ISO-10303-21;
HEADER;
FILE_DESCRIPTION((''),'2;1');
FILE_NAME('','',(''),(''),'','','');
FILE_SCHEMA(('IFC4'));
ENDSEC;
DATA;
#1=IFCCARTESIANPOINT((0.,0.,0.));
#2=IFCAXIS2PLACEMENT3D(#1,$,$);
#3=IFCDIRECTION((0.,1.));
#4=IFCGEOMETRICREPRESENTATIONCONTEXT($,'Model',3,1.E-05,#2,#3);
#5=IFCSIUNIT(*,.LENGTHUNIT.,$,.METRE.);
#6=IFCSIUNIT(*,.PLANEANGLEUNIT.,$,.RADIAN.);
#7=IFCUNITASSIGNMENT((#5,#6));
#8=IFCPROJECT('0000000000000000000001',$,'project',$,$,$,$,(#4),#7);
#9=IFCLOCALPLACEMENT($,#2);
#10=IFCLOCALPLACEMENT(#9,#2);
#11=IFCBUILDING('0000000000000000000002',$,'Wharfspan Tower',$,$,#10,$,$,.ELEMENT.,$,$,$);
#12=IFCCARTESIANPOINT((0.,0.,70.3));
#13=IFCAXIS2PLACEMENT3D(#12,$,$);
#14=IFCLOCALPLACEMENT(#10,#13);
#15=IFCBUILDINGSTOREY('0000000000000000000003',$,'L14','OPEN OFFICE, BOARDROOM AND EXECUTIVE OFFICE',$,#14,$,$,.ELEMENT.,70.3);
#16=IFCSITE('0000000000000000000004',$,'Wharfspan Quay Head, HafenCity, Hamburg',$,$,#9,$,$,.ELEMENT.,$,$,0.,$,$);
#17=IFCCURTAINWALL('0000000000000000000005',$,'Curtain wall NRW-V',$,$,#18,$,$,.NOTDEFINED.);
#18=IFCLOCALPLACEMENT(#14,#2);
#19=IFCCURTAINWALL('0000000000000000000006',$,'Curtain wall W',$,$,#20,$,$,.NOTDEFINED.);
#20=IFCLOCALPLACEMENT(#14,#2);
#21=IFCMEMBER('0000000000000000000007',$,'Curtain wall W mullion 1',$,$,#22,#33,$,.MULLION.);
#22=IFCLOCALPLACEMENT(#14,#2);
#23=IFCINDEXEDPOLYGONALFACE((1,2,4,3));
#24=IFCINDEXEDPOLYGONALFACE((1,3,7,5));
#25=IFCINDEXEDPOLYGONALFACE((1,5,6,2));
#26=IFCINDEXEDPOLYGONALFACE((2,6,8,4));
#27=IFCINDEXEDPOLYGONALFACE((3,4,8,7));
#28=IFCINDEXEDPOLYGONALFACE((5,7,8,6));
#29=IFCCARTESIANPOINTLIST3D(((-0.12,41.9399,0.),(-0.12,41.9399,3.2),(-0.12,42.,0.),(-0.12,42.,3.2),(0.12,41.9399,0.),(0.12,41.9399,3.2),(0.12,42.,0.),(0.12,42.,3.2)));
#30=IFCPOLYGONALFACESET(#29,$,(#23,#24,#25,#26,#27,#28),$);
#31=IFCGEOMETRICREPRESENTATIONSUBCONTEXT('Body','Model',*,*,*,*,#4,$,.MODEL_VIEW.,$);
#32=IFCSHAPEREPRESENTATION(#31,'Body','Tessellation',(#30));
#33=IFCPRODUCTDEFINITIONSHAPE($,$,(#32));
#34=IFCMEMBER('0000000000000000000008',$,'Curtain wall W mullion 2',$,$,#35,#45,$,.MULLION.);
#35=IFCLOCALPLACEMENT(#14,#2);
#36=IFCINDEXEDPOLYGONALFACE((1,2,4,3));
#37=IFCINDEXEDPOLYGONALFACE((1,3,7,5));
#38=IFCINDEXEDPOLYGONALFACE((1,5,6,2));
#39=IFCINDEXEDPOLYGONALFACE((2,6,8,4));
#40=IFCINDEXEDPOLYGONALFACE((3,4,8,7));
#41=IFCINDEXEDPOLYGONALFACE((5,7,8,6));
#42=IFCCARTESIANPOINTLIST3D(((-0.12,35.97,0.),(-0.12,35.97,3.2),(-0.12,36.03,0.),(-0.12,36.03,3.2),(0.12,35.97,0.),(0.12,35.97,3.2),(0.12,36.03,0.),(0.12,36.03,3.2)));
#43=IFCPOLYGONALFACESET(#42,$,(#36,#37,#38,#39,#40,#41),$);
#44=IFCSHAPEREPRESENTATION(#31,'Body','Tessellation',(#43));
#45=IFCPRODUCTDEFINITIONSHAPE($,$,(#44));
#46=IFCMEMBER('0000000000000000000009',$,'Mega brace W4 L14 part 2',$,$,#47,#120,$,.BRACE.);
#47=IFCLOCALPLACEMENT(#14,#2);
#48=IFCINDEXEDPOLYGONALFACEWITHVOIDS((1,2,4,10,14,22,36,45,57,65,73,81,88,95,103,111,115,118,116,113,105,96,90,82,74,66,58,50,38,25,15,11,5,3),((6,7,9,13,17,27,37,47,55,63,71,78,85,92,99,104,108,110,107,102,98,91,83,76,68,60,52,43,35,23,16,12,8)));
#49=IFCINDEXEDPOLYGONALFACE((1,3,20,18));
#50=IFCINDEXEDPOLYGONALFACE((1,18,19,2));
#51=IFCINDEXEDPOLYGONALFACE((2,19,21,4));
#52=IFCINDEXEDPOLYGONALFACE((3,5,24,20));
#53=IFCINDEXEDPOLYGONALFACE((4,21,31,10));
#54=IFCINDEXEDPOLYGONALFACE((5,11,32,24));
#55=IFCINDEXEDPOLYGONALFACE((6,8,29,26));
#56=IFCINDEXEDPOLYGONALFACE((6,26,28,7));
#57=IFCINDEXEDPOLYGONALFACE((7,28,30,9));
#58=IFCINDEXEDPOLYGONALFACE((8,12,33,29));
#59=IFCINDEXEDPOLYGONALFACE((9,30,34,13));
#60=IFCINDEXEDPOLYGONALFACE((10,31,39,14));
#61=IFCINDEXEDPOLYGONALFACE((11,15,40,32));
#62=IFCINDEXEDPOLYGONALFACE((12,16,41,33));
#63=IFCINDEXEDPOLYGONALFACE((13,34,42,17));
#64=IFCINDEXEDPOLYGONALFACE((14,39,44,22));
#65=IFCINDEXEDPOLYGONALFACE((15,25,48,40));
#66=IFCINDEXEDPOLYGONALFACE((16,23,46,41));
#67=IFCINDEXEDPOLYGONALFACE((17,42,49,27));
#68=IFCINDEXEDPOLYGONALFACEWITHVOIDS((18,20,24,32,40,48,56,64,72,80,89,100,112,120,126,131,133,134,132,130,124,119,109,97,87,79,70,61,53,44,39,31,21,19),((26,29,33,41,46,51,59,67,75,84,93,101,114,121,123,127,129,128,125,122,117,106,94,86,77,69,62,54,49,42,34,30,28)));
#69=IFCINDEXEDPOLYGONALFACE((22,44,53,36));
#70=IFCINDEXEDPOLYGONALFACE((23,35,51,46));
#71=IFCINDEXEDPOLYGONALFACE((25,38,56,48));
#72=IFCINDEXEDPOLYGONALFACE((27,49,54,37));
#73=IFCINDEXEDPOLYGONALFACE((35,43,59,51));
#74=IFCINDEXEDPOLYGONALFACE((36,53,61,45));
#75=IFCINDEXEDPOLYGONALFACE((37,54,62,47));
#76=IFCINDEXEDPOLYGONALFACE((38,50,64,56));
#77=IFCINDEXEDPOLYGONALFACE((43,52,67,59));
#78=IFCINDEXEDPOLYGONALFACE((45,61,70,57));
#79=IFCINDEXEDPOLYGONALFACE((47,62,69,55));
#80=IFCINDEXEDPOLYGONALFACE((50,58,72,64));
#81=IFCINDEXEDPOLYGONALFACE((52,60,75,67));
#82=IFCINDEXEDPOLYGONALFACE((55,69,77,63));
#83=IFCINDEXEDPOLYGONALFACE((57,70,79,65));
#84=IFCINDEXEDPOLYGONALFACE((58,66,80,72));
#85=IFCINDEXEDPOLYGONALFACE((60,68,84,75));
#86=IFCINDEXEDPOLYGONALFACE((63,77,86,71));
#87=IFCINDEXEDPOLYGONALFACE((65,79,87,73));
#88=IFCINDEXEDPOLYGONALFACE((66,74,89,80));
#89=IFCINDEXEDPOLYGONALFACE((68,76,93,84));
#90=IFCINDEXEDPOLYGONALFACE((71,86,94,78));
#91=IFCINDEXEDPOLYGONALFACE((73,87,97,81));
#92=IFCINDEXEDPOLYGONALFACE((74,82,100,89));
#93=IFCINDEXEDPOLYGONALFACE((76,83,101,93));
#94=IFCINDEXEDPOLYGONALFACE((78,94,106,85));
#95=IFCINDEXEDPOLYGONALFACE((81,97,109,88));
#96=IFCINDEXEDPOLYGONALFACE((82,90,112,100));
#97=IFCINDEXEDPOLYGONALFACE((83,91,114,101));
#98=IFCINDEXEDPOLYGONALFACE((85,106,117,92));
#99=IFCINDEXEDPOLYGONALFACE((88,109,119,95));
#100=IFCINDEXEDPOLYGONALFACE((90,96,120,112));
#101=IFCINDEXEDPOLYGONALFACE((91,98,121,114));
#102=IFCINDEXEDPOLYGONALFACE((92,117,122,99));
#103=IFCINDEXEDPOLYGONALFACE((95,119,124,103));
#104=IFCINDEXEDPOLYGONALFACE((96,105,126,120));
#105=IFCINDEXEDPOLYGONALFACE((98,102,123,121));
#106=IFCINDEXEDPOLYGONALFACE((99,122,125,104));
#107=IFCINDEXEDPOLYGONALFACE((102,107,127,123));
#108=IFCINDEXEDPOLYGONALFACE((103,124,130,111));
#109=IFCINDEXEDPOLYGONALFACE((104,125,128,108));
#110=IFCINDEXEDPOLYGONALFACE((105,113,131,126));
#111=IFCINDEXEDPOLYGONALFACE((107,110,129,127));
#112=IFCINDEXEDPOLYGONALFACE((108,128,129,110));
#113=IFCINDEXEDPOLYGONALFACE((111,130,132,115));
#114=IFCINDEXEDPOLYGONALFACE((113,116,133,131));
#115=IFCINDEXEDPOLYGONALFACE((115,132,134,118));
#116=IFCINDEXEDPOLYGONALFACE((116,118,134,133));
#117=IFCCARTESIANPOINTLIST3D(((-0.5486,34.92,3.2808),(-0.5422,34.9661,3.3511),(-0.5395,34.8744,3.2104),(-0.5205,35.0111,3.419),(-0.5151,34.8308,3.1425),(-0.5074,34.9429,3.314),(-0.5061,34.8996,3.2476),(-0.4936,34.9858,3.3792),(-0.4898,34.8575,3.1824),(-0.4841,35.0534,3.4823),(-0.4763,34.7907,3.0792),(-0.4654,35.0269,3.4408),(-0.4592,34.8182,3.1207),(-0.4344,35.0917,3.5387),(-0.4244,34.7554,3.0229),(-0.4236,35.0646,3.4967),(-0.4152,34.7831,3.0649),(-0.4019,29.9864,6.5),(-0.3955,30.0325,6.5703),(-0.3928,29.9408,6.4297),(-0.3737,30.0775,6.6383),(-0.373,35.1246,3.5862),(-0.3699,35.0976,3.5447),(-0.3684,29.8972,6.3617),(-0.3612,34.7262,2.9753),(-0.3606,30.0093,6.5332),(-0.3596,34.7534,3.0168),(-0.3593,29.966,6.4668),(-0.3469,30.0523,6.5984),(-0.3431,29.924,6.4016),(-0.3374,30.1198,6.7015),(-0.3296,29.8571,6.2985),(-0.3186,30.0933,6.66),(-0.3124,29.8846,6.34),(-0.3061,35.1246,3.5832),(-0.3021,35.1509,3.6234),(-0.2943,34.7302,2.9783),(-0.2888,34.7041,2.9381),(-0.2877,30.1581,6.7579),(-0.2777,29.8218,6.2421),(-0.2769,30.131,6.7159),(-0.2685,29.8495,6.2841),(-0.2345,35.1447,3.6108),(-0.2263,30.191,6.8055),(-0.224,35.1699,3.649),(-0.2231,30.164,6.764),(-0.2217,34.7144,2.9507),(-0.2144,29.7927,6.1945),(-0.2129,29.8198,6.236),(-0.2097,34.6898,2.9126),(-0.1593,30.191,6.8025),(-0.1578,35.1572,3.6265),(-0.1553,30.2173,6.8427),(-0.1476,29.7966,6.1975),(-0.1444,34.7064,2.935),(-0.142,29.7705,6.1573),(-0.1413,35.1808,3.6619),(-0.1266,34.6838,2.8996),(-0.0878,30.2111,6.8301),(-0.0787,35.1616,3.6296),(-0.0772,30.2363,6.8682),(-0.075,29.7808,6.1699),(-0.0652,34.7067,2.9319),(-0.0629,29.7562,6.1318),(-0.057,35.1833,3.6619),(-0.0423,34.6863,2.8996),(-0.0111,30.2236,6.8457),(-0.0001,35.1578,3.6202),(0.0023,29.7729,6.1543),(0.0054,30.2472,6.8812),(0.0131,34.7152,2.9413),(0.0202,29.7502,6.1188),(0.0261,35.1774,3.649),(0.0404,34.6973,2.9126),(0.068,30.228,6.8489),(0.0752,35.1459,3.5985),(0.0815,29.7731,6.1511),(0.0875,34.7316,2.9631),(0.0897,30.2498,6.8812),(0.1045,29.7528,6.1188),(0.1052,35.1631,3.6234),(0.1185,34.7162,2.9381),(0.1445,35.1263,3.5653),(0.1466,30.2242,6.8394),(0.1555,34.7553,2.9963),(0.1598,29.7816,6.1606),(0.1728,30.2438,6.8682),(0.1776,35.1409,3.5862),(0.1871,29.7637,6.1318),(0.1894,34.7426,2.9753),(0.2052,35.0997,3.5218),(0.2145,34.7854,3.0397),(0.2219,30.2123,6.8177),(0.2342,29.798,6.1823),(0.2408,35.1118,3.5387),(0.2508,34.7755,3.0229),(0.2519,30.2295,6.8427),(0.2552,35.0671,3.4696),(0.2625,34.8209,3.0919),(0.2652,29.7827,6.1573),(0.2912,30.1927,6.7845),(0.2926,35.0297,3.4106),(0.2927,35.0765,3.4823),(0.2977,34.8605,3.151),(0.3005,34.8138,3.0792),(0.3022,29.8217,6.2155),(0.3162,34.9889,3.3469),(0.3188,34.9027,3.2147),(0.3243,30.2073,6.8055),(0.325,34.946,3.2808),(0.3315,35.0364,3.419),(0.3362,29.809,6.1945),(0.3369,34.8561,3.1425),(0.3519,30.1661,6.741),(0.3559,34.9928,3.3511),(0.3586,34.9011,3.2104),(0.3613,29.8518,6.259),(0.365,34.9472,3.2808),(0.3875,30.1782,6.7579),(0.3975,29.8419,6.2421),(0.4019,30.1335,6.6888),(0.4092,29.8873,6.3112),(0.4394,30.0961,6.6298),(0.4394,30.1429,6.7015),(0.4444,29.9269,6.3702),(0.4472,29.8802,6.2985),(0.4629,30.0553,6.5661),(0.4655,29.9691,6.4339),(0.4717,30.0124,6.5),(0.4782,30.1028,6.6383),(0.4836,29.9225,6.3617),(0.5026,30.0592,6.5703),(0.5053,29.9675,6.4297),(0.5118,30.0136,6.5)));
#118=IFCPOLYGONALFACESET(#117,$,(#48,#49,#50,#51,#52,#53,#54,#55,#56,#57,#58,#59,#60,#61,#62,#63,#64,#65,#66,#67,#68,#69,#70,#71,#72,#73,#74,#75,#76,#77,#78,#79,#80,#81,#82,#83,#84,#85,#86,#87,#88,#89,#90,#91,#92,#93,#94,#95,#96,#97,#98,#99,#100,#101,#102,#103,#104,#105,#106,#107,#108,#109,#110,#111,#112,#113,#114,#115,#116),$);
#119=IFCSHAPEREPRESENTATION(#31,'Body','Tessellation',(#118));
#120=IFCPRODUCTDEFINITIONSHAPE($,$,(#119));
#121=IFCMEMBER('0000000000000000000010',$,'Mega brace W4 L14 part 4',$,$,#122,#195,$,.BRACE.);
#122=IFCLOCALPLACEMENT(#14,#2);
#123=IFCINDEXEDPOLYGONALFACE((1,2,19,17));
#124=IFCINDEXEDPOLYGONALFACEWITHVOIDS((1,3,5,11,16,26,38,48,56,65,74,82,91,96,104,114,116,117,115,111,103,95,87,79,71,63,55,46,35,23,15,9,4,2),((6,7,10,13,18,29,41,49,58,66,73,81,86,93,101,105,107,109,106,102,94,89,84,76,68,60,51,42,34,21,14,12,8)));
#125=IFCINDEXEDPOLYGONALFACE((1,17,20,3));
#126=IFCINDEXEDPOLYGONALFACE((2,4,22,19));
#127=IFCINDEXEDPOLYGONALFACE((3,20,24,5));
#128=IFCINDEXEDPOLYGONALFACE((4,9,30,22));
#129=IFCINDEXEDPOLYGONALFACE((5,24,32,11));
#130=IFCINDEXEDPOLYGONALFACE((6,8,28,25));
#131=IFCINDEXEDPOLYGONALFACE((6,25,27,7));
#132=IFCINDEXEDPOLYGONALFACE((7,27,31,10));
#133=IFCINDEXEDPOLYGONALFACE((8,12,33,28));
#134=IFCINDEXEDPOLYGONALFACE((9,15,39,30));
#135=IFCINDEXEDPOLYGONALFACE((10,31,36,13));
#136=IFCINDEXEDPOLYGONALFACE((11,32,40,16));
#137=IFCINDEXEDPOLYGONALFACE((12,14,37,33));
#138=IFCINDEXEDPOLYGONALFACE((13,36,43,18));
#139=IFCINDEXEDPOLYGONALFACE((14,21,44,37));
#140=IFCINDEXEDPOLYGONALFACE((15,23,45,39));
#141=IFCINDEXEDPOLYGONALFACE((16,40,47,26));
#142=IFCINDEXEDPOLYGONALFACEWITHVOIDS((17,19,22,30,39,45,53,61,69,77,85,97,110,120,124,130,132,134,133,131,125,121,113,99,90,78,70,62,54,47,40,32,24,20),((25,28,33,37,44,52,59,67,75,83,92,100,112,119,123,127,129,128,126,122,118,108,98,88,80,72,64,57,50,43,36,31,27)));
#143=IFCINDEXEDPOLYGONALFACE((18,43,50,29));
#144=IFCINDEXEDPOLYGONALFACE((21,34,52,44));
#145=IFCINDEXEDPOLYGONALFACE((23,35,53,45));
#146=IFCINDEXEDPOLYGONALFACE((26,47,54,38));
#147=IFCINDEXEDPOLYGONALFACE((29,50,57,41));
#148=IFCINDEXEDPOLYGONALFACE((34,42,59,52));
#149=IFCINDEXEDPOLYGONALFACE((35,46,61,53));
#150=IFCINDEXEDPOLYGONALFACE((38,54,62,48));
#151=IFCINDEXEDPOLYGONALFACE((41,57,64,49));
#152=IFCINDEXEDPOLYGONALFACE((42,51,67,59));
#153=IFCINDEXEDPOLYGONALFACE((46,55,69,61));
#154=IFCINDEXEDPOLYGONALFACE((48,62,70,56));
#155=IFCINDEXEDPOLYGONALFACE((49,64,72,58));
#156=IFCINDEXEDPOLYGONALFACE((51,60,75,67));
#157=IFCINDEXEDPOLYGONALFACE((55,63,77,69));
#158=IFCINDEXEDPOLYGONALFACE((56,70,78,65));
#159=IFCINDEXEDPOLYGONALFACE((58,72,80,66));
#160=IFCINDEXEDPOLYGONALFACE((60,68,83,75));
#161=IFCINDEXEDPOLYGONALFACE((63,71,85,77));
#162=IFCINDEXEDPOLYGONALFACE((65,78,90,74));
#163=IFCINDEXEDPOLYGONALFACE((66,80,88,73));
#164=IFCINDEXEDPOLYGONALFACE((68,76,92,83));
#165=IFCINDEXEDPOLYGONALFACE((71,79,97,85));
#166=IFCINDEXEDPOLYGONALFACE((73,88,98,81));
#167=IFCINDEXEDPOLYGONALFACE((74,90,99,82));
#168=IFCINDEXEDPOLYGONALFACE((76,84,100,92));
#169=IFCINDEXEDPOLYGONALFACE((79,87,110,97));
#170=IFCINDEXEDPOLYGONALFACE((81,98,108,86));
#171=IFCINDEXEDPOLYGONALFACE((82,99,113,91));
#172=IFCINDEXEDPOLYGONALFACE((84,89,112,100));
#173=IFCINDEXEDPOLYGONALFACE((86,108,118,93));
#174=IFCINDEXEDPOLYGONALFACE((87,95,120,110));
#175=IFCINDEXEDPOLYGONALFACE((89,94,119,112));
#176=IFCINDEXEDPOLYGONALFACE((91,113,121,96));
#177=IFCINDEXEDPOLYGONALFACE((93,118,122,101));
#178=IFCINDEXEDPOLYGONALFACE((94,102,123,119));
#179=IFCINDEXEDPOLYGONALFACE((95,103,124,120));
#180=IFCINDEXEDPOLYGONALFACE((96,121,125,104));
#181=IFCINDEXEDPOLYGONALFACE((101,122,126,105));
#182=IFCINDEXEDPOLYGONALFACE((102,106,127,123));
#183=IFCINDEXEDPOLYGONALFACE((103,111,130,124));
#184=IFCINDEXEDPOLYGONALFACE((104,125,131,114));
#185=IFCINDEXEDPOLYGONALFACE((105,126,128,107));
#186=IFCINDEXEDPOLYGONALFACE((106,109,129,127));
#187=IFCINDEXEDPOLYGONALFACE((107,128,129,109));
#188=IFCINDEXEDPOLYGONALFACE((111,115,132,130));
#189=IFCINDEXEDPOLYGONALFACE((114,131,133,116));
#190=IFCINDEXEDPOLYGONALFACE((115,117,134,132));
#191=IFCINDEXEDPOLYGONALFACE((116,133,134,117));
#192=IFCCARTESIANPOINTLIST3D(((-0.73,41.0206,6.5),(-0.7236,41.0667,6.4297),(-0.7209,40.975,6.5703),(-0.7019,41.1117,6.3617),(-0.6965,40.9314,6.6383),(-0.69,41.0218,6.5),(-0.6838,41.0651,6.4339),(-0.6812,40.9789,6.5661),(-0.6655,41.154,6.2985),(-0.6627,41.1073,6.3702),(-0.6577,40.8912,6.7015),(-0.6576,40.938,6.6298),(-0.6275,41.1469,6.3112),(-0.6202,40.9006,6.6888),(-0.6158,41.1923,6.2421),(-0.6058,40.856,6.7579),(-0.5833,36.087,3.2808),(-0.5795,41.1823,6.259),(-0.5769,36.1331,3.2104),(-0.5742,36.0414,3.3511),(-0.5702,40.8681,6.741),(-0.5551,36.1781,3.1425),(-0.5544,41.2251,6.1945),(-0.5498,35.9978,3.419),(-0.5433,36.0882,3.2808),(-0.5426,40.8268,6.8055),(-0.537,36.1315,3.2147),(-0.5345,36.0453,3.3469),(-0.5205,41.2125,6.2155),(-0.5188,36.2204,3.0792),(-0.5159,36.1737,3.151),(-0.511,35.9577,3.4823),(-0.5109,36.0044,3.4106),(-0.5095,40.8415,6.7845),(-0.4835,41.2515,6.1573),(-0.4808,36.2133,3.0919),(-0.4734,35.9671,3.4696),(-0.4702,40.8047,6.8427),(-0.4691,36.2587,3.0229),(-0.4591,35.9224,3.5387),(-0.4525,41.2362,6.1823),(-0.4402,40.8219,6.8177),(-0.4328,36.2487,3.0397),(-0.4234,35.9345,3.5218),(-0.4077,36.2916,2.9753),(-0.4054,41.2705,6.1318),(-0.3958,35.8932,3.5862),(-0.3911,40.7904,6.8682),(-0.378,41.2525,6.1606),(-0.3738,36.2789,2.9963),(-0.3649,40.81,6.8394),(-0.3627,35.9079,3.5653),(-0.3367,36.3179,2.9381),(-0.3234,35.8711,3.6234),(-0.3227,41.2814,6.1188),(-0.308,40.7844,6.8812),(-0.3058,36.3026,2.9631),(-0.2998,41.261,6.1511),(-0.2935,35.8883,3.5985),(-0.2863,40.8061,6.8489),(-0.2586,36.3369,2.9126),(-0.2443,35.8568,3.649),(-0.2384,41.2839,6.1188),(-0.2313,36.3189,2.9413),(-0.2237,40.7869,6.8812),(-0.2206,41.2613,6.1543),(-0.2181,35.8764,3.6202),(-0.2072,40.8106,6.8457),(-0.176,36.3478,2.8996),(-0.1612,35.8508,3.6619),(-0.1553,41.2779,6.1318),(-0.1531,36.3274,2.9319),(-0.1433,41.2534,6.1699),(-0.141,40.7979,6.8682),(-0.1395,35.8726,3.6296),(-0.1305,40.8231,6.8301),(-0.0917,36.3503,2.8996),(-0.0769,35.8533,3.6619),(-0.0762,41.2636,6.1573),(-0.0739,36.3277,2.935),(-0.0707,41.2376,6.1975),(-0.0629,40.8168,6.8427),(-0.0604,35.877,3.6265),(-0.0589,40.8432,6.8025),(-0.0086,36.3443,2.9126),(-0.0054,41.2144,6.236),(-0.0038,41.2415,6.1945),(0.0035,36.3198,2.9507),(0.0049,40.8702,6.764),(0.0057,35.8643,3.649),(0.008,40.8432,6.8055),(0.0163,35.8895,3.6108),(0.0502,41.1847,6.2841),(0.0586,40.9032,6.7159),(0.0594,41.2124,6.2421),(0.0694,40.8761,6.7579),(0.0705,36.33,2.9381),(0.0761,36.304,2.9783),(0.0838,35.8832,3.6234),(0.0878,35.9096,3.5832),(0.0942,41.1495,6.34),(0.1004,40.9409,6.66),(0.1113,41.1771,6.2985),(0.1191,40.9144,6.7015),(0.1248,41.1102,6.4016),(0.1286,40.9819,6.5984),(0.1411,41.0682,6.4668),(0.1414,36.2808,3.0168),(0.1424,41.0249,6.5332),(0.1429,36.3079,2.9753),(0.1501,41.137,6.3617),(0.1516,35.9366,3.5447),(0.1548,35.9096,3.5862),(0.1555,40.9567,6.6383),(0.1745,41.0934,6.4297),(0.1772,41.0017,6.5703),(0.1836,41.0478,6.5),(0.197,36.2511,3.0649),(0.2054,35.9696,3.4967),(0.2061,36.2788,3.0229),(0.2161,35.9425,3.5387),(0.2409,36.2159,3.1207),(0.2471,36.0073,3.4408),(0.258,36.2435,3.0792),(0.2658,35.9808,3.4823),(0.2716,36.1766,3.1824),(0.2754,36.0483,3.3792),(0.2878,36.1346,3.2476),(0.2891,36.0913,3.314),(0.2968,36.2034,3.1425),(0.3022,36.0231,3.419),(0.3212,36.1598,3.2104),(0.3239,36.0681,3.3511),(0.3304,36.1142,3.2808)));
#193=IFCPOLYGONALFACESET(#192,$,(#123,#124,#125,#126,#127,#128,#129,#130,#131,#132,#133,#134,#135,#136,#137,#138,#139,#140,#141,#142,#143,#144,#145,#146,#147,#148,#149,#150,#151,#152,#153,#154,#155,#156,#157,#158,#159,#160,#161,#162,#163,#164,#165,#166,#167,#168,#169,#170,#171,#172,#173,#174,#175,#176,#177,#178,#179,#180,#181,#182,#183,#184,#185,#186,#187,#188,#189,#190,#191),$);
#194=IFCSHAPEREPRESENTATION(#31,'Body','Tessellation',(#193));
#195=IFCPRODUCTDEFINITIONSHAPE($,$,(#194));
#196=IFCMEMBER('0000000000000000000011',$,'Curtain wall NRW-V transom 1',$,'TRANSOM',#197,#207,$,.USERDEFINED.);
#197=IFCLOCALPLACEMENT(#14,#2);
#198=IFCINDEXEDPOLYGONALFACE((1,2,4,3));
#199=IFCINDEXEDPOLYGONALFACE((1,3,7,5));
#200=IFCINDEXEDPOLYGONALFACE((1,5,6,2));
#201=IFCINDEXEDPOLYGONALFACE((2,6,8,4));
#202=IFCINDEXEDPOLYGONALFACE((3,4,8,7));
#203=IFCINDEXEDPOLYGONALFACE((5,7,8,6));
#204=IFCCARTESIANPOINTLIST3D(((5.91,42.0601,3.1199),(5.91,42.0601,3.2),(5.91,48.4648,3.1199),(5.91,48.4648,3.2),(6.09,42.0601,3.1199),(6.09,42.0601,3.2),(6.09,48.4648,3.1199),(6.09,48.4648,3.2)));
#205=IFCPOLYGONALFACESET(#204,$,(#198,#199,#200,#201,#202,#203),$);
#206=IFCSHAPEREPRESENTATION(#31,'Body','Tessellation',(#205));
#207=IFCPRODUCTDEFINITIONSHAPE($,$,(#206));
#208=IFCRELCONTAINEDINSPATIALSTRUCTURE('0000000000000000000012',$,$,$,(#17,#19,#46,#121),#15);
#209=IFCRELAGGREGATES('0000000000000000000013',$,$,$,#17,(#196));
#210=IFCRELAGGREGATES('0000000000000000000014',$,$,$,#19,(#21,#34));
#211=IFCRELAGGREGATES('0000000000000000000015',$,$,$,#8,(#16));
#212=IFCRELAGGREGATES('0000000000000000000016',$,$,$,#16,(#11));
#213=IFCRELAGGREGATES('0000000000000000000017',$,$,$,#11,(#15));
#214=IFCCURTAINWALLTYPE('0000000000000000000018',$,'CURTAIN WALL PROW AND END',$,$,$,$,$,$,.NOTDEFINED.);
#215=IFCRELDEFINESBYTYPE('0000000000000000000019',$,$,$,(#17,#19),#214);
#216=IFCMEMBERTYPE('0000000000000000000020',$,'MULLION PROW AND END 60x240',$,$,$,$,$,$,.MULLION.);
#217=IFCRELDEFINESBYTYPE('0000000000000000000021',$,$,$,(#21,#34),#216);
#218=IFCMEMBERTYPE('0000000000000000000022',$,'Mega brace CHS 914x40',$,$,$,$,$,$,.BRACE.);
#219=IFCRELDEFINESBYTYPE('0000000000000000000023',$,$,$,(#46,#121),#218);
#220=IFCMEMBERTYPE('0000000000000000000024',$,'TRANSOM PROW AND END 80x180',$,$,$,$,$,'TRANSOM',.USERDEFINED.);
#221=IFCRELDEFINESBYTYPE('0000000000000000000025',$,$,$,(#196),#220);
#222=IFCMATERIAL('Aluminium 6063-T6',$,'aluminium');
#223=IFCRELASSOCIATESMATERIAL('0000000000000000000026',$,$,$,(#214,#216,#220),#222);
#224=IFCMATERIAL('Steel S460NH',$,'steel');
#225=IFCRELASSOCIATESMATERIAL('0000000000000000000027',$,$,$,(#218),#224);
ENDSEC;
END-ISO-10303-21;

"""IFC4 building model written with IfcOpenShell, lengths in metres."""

from ifc_helpers import new_model, si_unit, direction, frame, origin, origin_2d, place, context, subcontext, project, spatial, rectangle, hollow_circle, extrude, material, material_profile, profile_set, type_object, element, aggregate, save


model = new_model("IFC4")

# Units and contexts
model_context = context("Model", 3, precision=1e-05, world=origin(), true_north=direction((0.0, 1.0)))
body_context = subcontext(model_context, "Body", "Model", "MODEL_VIEW")
ifc_project = project(units=[si_unit("LENGTHUNIT", "METRE"), si_unit("PLANEANGLEUNIT", "RADIAN")], contexts=[model_context])

# Site, building, storey
site_placement = place(None, origin())
site = spatial("IfcSite", under=ifc_project, at=site_placement, Name="Wharfspan Quay Head, HafenCity, Hamburg", CompositionType="ELEMENT", RefElevation=0.0)
building_placement = place(site_placement, origin())
building = spatial("IfcBuilding", under=site, at=building_placement, Name="Wharfspan Tower", CompositionType="ELEMENT")
storey_placement = place(building_placement, frame((0.0, 0.0, 70.3)))
storey = spatial("IfcBuildingStorey", under=building, at=storey_placement, Name="L14", Description="OPEN OFFICE, BOARDROOM AND EXECUTIVE OFFICE", CompositionType="ELEMENT", Elevation=70.3)

# Curtain walls, members
ifc_material_1 = material(Name="Aluminium 6063-T6", Category="aluminium")
curtain_wall_type = type_object("IfcCurtainWallType", Name="CURTAIN WALL PROW AND END", PredefinedType="NOTDEFINED", material=ifc_material_1)
curtain_wall_1_placement = place(storey_placement, origin())
curtain_wall_1 = element("IfcCurtainWall", 1, at=curtain_wall_1_placement, inside=storey, type_object=curtain_wall_type, Name="Curtain wall NRW-V", PredefinedType="NOTDEFINED")
ifc_material_profile_1 = material_profile(ifc_material_1, rectangle(XDim=0.24, YDim=0.0601, at=origin_2d()))
ifc_profile_set_1 = profile_set([ifc_material_profile_1], Name="Aluminium 6063-T6")
member_type_1 = type_object("IfcMemberType", Name="MULLION PROW AND END 60x240", PredefinedType="MULLION", material=ifc_profile_set_1)
curtain_wall_2_placement = place(storey_placement, origin())
curtain_wall_2 = element("IfcCurtainWall", 2, at=curtain_wall_2_placement, inside=storey, type_object=curtain_wall_type, Name="Curtain wall W", PredefinedType="NOTDEFINED")
member_1_placement = place(storey_placement, frame((0.0, 41.97, 0.0), z_axis=(0.0, 0.0, 1.0), x_axis=(1.0, 0.0, 0.0)))
member_1 = element("IfcMember", 3, at=member_1_placement, type_object=member_type_1, Name="Curtain wall W mullion 1", PredefinedType="MULLION", context=body_context, shape_type="SweptSolid", body=[
    extrude(rectangle(XDim=0.24, YDim=0.0601, at=origin_2d()), origin(), (0.0, 0.0, 1.0), 3.2),
])
member_2_placement = place(storey_placement, frame((0.0, 36.0, 0.0), z_axis=(0.0, 0.0, 1.0), x_axis=(1.0, 0.0, 0.0)))
member_2 = element("IfcMember", 4, at=member_2_placement, type_object=member_type_1, Name="Curtain wall W mullion 2", PredefinedType="MULLION", context=body_context, shape_type="SweptSolid", body=[
    extrude(rectangle(XDim=0.24, YDim=0.0601, at=origin_2d()), origin(), (0.0, 0.0, 1.0), 3.2),
])

# Members
ifc_material_2 = material(Name="Steel S460NH", Category="steel")
ifc_material_profile_2 = material_profile(ifc_material_2, hollow_circle(Radius=0.457, WallThickness=0.04, at=origin_2d()))
ifc_profile_set_2 = profile_set([ifc_material_profile_2], Name="Steel S460NH")
member_type_2 = type_object("IfcMemberType", Name="Mega brace CHS 914x40", PredefinedType="BRACE", material=ifc_profile_set_2)
for number, where, z_axis, x_axis, name in (
    (5, (-0.0918, 34.9336, 3.2808), (0.0249, -0.837221, 0.546298), (0.999556, 0.02973, 0.000003), "Mega brace W4 L14 part 2"),
    (6, (-0.1265, 36.1006, 3.2808), (-0.0249, 0.837221, 0.546298), (-0.999556, -0.02973, 0.000003), "Mega brace W4 L14 part 4"),
):
    element("IfcMember", number, at=place(storey_placement, frame(where, z_axis=z_axis, x_axis=x_axis)), inside=storey, type_object=member_type_2, Name=name, PredefinedType="BRACE", context=body_context, shape_type="SweptSolid", body=[
        extrude(hollow_circle(Radius=0.457, WallThickness=0.04, at=origin_2d()), origin(), (0.0, 0.0, 1.0), 5.8928),
    ])

# Member
ifc_material_profile_3 = material_profile(ifc_material_1, rectangle(XDim=0.1799, YDim=0.0801, at=origin_2d()))
ifc_profile_set_3 = profile_set([ifc_material_profile_3], Name="Aluminium 6063-T6")
member_type_3 = type_object("IfcMemberType", Name="TRANSOM PROW AND END 80x180", ElementType="TRANSOM", PredefinedType="USERDEFINED", material=ifc_profile_set_3)
member_3_placement = place(storey_placement, frame((6.0, 48.4648, 3.1599), z_axis=(0.0, -1.0, 0.0), x_axis=(1.0, 0.0, 0.0)))
member_3 = element("IfcMember", 7, at=member_3_placement, type_object=member_type_3, Name="Curtain wall NRW-V transom 1", ObjectType="TRANSOM", PredefinedType="USERDEFINED", context=body_context, shape_type="SweptSolid", body=[
    extrude(rectangle(XDim=0.1799, YDim=0.0801, at=origin_2d()), origin(), (0.0, 0.0, 1.0), 6.4048),
])

aggregate(curtain_wall_1, [member_3])
aggregate(curtain_wall_2, [member_1, member_2])

save(model, "model.ifc")
